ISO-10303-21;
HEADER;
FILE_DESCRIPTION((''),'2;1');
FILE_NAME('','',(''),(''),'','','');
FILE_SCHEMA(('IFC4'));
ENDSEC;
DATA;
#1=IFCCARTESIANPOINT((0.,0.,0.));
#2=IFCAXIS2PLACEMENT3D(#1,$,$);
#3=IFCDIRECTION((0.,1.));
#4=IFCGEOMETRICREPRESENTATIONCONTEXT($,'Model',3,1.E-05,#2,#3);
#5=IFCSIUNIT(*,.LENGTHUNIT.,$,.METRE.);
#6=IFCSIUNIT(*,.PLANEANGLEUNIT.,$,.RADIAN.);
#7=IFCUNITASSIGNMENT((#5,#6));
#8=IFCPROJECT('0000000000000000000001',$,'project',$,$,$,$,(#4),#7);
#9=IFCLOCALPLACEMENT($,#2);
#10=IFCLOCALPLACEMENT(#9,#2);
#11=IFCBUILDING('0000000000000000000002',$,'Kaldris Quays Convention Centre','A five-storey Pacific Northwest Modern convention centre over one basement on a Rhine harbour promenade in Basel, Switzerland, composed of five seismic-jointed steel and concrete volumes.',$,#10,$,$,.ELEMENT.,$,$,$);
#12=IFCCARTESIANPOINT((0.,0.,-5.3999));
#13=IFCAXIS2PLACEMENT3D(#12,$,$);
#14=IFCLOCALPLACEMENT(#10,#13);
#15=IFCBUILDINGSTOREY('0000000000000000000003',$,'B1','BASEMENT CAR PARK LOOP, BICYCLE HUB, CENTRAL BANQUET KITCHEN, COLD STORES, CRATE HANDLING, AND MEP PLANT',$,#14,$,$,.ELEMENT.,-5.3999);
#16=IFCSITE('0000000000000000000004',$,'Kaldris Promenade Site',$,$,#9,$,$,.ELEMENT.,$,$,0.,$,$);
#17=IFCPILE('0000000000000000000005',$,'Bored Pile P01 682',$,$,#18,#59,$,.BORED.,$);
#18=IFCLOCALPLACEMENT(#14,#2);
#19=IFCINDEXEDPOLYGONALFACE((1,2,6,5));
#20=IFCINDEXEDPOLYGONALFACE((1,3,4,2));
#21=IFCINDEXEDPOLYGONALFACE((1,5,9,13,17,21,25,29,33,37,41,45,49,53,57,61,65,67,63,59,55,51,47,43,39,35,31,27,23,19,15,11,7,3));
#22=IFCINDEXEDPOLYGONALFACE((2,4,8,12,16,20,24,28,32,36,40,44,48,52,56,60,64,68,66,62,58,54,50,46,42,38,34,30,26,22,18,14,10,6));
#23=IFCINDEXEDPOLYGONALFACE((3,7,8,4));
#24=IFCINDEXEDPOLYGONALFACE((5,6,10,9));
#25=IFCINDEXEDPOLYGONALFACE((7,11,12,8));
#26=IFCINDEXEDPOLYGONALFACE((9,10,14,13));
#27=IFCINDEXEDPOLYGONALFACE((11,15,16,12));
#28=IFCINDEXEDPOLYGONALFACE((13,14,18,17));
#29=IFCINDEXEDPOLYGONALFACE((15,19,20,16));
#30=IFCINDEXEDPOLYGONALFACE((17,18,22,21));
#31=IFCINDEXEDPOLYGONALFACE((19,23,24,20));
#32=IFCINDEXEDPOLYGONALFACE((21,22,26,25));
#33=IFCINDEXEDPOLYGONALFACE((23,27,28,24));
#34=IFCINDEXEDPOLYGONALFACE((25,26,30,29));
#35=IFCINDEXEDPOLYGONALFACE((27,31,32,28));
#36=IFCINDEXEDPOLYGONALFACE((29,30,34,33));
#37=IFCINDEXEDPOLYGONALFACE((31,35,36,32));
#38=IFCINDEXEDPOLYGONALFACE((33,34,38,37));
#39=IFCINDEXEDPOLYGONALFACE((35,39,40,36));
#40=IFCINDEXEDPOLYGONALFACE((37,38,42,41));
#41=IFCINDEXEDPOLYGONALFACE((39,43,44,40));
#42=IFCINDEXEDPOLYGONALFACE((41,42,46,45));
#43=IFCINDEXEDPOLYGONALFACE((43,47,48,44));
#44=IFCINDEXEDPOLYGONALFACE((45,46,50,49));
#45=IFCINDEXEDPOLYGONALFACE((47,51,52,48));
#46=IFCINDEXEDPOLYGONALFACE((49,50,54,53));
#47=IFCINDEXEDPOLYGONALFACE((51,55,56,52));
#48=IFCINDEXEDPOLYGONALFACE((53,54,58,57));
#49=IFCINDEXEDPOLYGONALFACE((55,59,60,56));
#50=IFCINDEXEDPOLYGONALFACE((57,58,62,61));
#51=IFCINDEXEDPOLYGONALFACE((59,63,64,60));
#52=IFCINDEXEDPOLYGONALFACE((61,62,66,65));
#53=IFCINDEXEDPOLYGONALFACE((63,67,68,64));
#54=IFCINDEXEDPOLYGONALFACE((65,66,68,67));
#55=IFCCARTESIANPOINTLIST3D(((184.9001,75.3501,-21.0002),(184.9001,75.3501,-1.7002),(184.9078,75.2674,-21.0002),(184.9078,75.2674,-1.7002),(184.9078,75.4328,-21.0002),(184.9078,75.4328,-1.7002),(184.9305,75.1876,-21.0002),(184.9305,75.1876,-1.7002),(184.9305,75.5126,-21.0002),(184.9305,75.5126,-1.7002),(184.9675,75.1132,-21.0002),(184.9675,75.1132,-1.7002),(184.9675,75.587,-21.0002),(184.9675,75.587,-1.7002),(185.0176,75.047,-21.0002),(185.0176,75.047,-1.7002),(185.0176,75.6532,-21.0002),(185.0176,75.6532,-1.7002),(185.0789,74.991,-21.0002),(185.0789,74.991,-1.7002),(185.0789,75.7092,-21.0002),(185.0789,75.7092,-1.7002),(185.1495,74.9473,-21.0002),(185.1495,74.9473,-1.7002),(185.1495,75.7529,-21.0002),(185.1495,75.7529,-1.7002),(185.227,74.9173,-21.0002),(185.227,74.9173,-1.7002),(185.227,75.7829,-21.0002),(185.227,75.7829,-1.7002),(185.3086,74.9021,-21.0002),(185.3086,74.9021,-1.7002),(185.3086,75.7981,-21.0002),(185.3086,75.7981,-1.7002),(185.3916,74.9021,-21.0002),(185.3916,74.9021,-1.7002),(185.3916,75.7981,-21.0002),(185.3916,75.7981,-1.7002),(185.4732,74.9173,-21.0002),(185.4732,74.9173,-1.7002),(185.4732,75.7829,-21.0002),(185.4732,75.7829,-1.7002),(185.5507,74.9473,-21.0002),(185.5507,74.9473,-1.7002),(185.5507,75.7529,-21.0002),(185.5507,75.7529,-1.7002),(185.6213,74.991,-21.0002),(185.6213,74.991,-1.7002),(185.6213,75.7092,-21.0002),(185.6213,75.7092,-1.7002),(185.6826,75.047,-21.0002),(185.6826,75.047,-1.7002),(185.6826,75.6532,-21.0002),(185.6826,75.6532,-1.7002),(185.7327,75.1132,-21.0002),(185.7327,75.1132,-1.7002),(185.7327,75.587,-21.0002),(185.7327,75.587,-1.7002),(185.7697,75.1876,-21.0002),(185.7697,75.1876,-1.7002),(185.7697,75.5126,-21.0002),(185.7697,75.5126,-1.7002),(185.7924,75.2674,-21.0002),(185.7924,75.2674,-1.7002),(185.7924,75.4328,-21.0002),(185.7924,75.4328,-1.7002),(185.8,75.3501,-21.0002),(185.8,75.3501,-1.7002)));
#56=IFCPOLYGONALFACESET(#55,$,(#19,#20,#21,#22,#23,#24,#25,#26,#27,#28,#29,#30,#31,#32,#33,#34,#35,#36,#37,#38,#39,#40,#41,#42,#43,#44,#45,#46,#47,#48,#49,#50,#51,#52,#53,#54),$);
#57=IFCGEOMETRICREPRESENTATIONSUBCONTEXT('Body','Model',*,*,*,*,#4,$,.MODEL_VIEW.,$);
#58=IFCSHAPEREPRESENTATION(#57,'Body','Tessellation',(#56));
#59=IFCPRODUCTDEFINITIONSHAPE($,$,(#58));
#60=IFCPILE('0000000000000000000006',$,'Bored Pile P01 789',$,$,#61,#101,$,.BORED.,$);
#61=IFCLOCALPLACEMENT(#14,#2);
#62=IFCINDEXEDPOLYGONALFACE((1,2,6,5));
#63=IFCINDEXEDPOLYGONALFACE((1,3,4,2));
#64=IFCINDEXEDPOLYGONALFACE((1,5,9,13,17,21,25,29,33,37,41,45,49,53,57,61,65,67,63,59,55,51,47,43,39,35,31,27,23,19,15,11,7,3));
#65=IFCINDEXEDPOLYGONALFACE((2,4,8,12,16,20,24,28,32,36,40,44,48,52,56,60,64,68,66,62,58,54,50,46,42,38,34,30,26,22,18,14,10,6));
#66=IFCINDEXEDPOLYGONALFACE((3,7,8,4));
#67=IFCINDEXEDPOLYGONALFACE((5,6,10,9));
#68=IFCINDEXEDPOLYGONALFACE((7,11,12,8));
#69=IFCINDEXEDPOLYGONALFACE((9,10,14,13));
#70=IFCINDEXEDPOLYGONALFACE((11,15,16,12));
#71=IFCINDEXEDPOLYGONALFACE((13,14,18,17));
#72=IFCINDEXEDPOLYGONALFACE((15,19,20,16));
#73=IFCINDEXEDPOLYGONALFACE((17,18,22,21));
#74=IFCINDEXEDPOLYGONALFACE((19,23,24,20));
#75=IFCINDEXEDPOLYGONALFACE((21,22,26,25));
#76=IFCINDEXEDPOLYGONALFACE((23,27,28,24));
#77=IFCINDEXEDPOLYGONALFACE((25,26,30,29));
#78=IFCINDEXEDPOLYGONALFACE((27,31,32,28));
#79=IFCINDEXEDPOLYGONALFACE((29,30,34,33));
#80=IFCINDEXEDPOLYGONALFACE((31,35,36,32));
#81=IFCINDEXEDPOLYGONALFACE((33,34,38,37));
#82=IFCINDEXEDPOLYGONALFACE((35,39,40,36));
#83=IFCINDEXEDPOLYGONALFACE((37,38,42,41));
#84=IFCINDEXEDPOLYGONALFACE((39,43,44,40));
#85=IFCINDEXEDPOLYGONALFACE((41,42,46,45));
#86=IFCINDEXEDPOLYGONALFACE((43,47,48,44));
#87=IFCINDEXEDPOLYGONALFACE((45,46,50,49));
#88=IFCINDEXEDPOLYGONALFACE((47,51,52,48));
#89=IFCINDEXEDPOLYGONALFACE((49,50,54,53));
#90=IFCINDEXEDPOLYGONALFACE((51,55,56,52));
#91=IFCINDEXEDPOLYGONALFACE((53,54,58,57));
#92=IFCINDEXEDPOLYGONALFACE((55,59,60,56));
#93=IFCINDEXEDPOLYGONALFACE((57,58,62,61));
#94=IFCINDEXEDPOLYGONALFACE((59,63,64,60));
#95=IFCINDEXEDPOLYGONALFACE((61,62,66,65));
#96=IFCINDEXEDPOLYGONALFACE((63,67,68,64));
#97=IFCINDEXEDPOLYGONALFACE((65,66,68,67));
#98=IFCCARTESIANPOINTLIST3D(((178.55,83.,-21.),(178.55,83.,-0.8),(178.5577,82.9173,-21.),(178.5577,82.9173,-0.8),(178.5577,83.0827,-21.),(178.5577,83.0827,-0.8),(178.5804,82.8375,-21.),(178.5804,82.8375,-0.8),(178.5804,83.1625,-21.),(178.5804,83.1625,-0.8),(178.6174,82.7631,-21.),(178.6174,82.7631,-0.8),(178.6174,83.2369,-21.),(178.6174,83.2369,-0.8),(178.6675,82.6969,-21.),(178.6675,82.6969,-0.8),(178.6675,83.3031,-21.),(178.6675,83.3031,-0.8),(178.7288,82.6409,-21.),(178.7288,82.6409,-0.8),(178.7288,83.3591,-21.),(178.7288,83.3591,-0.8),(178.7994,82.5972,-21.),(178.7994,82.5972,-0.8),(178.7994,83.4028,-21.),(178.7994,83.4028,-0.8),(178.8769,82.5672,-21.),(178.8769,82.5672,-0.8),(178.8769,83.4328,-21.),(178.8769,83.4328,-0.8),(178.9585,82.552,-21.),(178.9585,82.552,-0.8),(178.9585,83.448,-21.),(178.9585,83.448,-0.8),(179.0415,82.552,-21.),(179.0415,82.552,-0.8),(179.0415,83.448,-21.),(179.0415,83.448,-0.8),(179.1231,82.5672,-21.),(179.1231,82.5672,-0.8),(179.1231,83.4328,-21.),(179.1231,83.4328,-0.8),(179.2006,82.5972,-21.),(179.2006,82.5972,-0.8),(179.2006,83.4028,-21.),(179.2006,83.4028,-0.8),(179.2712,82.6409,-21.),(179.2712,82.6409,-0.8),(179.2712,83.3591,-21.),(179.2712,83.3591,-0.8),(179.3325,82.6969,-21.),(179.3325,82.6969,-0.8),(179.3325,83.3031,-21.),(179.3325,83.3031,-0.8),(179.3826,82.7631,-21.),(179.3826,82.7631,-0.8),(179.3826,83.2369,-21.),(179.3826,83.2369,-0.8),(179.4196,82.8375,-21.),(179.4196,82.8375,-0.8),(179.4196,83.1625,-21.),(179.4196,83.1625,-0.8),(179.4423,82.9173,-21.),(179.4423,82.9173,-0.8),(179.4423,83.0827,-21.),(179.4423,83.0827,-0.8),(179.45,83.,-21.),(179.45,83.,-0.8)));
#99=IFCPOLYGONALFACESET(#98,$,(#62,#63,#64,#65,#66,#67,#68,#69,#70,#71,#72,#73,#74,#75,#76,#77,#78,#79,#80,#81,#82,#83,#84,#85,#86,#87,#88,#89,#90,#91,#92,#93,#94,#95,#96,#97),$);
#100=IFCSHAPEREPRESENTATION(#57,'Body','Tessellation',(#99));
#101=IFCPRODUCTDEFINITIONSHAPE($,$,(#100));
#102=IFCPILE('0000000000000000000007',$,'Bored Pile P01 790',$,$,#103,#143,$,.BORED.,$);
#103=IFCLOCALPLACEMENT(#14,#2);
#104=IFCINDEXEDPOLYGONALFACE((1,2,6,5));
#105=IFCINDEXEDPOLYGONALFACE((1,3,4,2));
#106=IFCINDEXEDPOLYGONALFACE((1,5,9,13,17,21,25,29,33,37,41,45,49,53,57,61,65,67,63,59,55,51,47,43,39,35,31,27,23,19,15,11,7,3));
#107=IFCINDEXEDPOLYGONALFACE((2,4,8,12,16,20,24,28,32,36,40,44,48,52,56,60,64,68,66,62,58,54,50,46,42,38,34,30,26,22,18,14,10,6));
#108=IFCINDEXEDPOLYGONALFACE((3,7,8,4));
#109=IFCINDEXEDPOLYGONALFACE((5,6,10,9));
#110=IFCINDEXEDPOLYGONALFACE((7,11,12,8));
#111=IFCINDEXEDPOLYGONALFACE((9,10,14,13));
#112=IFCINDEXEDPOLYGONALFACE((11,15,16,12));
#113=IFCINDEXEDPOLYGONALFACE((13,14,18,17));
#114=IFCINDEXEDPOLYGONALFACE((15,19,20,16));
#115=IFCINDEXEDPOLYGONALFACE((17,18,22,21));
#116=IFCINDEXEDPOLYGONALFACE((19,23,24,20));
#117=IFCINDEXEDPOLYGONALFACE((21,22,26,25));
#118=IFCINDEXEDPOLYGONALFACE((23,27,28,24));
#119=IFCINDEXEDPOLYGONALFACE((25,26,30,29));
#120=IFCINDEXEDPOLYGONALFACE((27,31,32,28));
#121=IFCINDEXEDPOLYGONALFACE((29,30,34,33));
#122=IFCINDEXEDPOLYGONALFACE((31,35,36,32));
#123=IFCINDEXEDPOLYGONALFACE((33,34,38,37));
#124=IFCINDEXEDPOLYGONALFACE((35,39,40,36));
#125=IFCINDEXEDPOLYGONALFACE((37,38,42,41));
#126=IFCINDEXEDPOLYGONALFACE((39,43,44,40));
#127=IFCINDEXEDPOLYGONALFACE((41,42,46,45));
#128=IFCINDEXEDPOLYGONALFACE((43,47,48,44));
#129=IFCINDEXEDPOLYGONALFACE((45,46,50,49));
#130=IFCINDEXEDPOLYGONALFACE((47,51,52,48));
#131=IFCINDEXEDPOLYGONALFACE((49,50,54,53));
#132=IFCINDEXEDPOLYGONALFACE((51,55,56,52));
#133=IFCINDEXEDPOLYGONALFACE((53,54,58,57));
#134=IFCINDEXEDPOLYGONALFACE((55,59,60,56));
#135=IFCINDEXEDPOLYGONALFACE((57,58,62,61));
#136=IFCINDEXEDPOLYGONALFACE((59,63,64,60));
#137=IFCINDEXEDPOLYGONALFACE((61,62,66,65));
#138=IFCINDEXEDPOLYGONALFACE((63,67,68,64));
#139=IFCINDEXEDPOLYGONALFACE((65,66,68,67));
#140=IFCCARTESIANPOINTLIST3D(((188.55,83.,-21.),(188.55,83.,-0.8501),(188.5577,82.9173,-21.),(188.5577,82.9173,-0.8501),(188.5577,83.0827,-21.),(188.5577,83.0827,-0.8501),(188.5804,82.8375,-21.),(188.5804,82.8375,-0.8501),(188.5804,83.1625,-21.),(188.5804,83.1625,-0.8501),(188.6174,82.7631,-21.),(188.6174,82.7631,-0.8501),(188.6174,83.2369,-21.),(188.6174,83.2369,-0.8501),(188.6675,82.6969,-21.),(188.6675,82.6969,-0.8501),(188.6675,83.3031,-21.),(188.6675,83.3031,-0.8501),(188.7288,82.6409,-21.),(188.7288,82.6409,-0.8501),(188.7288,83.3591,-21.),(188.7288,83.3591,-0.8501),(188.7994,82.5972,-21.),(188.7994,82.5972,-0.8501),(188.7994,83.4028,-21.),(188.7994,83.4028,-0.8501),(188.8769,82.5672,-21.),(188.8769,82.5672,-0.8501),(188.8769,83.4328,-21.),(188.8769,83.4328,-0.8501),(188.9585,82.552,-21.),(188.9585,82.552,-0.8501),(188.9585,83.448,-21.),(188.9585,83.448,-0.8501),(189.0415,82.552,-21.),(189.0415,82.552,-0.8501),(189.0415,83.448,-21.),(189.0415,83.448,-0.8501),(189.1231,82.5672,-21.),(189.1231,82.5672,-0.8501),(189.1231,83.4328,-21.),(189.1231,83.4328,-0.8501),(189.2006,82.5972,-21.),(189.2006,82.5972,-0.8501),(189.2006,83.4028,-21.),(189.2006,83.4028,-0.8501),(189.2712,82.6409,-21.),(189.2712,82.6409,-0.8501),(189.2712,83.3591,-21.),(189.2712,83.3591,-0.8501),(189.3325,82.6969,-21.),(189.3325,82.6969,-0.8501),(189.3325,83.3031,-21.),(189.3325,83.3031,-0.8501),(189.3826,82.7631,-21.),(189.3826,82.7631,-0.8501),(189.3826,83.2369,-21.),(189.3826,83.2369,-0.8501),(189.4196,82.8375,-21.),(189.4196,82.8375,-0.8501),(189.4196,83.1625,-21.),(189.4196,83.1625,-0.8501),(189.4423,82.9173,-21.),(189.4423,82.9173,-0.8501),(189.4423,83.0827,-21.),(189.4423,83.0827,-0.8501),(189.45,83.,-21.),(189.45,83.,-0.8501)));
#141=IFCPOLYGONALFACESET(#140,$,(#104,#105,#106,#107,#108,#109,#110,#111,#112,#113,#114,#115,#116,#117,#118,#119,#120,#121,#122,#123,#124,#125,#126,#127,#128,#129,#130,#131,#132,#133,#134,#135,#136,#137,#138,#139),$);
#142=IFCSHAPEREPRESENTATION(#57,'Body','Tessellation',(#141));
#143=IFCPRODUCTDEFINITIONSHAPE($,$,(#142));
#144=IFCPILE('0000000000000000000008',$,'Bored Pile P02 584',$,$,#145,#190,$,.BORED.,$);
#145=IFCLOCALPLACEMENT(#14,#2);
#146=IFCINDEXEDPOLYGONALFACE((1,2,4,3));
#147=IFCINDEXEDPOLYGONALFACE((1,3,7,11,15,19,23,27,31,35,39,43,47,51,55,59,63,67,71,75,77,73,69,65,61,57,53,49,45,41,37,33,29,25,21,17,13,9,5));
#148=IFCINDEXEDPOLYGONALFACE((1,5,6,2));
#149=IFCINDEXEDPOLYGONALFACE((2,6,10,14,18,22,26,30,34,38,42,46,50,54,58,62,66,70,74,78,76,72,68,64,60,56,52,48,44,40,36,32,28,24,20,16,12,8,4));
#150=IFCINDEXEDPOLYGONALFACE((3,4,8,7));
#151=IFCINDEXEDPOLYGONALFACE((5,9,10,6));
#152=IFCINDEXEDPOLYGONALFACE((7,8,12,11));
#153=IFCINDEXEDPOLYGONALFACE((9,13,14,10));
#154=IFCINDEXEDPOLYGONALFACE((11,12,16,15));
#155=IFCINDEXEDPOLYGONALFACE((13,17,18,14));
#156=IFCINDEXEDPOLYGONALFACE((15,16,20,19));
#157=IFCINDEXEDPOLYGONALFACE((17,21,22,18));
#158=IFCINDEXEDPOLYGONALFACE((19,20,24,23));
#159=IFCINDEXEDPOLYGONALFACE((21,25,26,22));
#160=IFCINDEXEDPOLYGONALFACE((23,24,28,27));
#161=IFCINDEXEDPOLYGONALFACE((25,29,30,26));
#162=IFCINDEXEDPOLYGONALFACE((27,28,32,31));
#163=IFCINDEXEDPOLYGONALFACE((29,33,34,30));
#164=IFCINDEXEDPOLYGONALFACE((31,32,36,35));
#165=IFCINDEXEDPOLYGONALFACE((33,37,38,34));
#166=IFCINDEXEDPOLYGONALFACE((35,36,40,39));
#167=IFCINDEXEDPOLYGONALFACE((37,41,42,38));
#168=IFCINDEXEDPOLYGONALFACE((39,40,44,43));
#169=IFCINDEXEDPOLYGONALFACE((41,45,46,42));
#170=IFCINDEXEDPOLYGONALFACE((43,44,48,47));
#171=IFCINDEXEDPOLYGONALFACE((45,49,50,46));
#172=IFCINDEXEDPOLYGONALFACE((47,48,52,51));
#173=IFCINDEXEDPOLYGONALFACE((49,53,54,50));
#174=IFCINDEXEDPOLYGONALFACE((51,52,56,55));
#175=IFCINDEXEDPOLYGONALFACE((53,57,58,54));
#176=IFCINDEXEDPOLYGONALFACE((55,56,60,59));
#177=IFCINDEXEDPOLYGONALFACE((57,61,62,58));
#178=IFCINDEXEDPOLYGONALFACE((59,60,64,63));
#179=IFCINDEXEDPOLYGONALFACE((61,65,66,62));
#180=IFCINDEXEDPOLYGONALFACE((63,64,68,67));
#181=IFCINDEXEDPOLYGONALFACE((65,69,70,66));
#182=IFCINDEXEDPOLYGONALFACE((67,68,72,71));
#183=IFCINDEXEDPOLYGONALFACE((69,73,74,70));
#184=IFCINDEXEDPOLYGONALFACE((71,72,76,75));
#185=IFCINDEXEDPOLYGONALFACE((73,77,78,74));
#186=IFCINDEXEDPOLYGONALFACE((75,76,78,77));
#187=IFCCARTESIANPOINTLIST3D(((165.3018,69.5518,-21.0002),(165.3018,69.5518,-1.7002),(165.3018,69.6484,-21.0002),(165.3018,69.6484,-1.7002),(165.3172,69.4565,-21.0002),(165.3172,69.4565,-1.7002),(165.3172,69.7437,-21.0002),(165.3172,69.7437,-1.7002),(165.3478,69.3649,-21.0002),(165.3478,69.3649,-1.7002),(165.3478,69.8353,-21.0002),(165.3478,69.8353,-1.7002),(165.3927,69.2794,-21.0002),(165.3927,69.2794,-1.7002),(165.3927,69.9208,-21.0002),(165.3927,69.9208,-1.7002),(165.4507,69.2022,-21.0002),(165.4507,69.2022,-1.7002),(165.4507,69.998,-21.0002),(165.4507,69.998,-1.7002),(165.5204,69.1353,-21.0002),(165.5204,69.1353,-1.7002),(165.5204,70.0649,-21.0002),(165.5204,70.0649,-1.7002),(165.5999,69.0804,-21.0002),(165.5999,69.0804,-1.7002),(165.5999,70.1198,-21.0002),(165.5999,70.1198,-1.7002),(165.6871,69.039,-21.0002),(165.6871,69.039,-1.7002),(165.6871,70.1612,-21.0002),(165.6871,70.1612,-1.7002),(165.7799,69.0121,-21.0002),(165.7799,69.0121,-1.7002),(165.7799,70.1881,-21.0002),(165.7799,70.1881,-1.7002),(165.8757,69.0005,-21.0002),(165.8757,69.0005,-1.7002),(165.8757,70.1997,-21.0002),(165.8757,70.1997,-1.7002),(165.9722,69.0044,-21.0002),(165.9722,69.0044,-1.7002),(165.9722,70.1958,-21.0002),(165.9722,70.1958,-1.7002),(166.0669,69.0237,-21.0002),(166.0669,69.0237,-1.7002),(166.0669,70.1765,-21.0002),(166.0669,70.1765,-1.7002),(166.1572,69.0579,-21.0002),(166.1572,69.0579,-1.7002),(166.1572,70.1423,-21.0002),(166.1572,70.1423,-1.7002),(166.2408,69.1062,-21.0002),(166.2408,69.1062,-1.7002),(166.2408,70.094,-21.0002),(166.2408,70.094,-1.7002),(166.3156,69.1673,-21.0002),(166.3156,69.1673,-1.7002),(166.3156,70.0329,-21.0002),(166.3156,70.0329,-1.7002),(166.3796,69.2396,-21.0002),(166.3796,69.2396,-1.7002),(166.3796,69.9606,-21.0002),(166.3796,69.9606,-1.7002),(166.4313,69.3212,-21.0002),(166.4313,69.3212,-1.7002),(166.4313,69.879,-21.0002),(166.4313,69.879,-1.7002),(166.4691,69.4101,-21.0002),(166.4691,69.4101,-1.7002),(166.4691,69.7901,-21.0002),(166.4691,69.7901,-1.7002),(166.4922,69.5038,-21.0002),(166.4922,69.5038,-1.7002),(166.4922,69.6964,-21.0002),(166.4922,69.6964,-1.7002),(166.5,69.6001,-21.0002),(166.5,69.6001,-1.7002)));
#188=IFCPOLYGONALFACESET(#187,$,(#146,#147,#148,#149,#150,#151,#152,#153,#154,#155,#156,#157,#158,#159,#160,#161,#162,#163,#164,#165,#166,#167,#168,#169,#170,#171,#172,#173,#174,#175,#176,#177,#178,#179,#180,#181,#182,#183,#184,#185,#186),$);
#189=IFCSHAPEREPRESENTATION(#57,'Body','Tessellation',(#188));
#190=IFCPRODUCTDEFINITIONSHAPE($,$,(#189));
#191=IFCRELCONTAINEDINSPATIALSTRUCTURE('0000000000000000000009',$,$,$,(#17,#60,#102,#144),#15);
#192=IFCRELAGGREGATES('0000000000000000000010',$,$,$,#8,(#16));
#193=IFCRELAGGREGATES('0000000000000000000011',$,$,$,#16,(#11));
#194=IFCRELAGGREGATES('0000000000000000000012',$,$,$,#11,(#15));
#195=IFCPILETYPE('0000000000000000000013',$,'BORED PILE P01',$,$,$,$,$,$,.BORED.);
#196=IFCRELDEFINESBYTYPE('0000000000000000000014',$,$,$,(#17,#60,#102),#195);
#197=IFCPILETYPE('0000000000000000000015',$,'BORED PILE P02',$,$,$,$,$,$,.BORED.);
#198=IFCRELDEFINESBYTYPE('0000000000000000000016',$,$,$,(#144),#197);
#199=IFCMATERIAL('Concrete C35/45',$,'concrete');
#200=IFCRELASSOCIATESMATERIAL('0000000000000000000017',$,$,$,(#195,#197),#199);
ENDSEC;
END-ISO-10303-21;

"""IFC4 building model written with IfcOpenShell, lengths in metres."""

from ifc_helpers import new_model, si_unit, direction, frame, origin, origin_2d, place, context, subcontext, project, spatial, circle, extrude, material, material_profile, profile_set, type_object, element, save


model = new_model("IFC4")

# Units and contexts
model_context = context("Model", 3, precision=1e-05, world=origin(), true_north=direction((0.0, 1.0)))
body_context = subcontext(model_context, "Body", "Model", "MODEL_VIEW")
ifc_project = project(units=[si_unit("LENGTHUNIT", "METRE"), si_unit("PLANEANGLEUNIT", "RADIAN")], contexts=[model_context])

# Site, building, storey
site_placement = place(None, origin())
site = spatial("IfcSite", under=ifc_project, at=site_placement, Name="Kaldris Promenade Site", CompositionType="ELEMENT", RefElevation=0.0)
building_placement = place(site_placement, origin())
building = spatial("IfcBuilding", under=site, at=building_placement, Name="Kaldris Quays Convention Centre", Description="A five-storey Pacific Northwest Modern convention centre over one basement on a Rhine harbour promenade in Basel, Switzerland, composed of five seismic-jointed steel and concrete volumes.", CompositionType="ELEMENT")
storey_placement = place(building_placement, frame((0.0, 0.0, -5.3999)))
storey = spatial("IfcBuildingStorey", under=building, at=storey_placement, Name="B1", Description="BASEMENT CAR PARK LOOP, BICYCLE HUB, CENTRAL BANQUET KITCHEN, COLD STORES, CRATE HANDLING, AND MEP PLANT", CompositionType="ELEMENT", Elevation=-5.3999)

# Piles
ifc_material_1 = material(Name="Concrete C35/45", Category="concrete")
ifc_material_profile_1 = material_profile(ifc_material_1, circle(Radius=0.45, at=origin_2d()), Name="BORED PILE D900")
ifc_profile_set_1 = profile_set([ifc_material_profile_1], Name="Concrete C35/45")
pile_type_1 = type_object("IfcPileType", Name="BORED PILE P01", PredefinedType="BORED", material=ifc_profile_set_1)
for number, where, z_axis, x_axis, name in (
    (1, (185.3501, 75.3501, -1.7002), (0.0, 0.0, -1.0), (1.0, 0.0, 0.0), "Bored Pile P01 682"),
):
    element("IfcPile", number, at=place(storey_placement, frame(where, z_axis=z_axis, x_axis=x_axis)), inside=storey, type_object=pile_type_1, Name=name, PredefinedType="BORED", context=body_context, shape_type="SweptSolid", body=[
        extrude(circle(Radius=0.45, at=origin_2d()), origin(), (0.0, 0.0, 1.0), 19.3),
    ])
pile_1_placement = place(storey_placement, frame((179.0, 83.0, -0.8), z_axis=(0.0, 0.0, -1.0), x_axis=(1.0, 0.0, 0.0)))
element("IfcPile", 2, at=pile_1_placement, inside=storey, type_object=pile_type_1, Name="Bored Pile P01 789", PredefinedType="BORED", context=body_context, shape_type="SweptSolid", body=[
    extrude(circle(Radius=0.45, at=origin_2d()), origin(), (0.0, 0.0, 1.0), 20.2),
])
pile_2_placement = place(storey_placement, frame((189.0, 83.0, -0.8501), z_axis=(0.0, 0.0, -1.0), x_axis=(1.0, 0.0, 0.0)))
element("IfcPile", 3, at=pile_2_placement, inside=storey, type_object=pile_type_1, Name="Bored Pile P01 790", PredefinedType="BORED", context=body_context, shape_type="SweptSolid", body=[
    extrude(circle(Radius=0.45, at=origin_2d()), origin(), (0.0, 0.0, 1.0), 20.1499),
])
ifc_material_profile_2 = material_profile(ifc_material_1, circle(Radius=0.6001, at=origin_2d()), Name="BORED PILE D1200")
ifc_profile_set_2 = profile_set([ifc_material_profile_2], Name="Concrete C35/45")
pile_type_2 = type_object("IfcPileType", Name="BORED PILE P02", PredefinedType="BORED", material=ifc_profile_set_2)
for number, where, z_axis, x_axis, name in (
    (4, (165.8999, 69.6001, -1.7002), (0.0, 0.0, -1.0), (1.0, 0.0, 0.0), "Bored Pile P02 584"),
):
    element("IfcPile", number, at=place(storey_placement, frame(where, z_axis=z_axis, x_axis=x_axis)), inside=storey, type_object=pile_type_2, Name=name, PredefinedType="BORED", context=body_context, shape_type="SweptSolid", body=[
        extrude(circle(Radius=0.6001, at=origin_2d()), origin(), (0.0, 0.0, 1.0), 19.3),
    ])

save(model, "model.ifc")
